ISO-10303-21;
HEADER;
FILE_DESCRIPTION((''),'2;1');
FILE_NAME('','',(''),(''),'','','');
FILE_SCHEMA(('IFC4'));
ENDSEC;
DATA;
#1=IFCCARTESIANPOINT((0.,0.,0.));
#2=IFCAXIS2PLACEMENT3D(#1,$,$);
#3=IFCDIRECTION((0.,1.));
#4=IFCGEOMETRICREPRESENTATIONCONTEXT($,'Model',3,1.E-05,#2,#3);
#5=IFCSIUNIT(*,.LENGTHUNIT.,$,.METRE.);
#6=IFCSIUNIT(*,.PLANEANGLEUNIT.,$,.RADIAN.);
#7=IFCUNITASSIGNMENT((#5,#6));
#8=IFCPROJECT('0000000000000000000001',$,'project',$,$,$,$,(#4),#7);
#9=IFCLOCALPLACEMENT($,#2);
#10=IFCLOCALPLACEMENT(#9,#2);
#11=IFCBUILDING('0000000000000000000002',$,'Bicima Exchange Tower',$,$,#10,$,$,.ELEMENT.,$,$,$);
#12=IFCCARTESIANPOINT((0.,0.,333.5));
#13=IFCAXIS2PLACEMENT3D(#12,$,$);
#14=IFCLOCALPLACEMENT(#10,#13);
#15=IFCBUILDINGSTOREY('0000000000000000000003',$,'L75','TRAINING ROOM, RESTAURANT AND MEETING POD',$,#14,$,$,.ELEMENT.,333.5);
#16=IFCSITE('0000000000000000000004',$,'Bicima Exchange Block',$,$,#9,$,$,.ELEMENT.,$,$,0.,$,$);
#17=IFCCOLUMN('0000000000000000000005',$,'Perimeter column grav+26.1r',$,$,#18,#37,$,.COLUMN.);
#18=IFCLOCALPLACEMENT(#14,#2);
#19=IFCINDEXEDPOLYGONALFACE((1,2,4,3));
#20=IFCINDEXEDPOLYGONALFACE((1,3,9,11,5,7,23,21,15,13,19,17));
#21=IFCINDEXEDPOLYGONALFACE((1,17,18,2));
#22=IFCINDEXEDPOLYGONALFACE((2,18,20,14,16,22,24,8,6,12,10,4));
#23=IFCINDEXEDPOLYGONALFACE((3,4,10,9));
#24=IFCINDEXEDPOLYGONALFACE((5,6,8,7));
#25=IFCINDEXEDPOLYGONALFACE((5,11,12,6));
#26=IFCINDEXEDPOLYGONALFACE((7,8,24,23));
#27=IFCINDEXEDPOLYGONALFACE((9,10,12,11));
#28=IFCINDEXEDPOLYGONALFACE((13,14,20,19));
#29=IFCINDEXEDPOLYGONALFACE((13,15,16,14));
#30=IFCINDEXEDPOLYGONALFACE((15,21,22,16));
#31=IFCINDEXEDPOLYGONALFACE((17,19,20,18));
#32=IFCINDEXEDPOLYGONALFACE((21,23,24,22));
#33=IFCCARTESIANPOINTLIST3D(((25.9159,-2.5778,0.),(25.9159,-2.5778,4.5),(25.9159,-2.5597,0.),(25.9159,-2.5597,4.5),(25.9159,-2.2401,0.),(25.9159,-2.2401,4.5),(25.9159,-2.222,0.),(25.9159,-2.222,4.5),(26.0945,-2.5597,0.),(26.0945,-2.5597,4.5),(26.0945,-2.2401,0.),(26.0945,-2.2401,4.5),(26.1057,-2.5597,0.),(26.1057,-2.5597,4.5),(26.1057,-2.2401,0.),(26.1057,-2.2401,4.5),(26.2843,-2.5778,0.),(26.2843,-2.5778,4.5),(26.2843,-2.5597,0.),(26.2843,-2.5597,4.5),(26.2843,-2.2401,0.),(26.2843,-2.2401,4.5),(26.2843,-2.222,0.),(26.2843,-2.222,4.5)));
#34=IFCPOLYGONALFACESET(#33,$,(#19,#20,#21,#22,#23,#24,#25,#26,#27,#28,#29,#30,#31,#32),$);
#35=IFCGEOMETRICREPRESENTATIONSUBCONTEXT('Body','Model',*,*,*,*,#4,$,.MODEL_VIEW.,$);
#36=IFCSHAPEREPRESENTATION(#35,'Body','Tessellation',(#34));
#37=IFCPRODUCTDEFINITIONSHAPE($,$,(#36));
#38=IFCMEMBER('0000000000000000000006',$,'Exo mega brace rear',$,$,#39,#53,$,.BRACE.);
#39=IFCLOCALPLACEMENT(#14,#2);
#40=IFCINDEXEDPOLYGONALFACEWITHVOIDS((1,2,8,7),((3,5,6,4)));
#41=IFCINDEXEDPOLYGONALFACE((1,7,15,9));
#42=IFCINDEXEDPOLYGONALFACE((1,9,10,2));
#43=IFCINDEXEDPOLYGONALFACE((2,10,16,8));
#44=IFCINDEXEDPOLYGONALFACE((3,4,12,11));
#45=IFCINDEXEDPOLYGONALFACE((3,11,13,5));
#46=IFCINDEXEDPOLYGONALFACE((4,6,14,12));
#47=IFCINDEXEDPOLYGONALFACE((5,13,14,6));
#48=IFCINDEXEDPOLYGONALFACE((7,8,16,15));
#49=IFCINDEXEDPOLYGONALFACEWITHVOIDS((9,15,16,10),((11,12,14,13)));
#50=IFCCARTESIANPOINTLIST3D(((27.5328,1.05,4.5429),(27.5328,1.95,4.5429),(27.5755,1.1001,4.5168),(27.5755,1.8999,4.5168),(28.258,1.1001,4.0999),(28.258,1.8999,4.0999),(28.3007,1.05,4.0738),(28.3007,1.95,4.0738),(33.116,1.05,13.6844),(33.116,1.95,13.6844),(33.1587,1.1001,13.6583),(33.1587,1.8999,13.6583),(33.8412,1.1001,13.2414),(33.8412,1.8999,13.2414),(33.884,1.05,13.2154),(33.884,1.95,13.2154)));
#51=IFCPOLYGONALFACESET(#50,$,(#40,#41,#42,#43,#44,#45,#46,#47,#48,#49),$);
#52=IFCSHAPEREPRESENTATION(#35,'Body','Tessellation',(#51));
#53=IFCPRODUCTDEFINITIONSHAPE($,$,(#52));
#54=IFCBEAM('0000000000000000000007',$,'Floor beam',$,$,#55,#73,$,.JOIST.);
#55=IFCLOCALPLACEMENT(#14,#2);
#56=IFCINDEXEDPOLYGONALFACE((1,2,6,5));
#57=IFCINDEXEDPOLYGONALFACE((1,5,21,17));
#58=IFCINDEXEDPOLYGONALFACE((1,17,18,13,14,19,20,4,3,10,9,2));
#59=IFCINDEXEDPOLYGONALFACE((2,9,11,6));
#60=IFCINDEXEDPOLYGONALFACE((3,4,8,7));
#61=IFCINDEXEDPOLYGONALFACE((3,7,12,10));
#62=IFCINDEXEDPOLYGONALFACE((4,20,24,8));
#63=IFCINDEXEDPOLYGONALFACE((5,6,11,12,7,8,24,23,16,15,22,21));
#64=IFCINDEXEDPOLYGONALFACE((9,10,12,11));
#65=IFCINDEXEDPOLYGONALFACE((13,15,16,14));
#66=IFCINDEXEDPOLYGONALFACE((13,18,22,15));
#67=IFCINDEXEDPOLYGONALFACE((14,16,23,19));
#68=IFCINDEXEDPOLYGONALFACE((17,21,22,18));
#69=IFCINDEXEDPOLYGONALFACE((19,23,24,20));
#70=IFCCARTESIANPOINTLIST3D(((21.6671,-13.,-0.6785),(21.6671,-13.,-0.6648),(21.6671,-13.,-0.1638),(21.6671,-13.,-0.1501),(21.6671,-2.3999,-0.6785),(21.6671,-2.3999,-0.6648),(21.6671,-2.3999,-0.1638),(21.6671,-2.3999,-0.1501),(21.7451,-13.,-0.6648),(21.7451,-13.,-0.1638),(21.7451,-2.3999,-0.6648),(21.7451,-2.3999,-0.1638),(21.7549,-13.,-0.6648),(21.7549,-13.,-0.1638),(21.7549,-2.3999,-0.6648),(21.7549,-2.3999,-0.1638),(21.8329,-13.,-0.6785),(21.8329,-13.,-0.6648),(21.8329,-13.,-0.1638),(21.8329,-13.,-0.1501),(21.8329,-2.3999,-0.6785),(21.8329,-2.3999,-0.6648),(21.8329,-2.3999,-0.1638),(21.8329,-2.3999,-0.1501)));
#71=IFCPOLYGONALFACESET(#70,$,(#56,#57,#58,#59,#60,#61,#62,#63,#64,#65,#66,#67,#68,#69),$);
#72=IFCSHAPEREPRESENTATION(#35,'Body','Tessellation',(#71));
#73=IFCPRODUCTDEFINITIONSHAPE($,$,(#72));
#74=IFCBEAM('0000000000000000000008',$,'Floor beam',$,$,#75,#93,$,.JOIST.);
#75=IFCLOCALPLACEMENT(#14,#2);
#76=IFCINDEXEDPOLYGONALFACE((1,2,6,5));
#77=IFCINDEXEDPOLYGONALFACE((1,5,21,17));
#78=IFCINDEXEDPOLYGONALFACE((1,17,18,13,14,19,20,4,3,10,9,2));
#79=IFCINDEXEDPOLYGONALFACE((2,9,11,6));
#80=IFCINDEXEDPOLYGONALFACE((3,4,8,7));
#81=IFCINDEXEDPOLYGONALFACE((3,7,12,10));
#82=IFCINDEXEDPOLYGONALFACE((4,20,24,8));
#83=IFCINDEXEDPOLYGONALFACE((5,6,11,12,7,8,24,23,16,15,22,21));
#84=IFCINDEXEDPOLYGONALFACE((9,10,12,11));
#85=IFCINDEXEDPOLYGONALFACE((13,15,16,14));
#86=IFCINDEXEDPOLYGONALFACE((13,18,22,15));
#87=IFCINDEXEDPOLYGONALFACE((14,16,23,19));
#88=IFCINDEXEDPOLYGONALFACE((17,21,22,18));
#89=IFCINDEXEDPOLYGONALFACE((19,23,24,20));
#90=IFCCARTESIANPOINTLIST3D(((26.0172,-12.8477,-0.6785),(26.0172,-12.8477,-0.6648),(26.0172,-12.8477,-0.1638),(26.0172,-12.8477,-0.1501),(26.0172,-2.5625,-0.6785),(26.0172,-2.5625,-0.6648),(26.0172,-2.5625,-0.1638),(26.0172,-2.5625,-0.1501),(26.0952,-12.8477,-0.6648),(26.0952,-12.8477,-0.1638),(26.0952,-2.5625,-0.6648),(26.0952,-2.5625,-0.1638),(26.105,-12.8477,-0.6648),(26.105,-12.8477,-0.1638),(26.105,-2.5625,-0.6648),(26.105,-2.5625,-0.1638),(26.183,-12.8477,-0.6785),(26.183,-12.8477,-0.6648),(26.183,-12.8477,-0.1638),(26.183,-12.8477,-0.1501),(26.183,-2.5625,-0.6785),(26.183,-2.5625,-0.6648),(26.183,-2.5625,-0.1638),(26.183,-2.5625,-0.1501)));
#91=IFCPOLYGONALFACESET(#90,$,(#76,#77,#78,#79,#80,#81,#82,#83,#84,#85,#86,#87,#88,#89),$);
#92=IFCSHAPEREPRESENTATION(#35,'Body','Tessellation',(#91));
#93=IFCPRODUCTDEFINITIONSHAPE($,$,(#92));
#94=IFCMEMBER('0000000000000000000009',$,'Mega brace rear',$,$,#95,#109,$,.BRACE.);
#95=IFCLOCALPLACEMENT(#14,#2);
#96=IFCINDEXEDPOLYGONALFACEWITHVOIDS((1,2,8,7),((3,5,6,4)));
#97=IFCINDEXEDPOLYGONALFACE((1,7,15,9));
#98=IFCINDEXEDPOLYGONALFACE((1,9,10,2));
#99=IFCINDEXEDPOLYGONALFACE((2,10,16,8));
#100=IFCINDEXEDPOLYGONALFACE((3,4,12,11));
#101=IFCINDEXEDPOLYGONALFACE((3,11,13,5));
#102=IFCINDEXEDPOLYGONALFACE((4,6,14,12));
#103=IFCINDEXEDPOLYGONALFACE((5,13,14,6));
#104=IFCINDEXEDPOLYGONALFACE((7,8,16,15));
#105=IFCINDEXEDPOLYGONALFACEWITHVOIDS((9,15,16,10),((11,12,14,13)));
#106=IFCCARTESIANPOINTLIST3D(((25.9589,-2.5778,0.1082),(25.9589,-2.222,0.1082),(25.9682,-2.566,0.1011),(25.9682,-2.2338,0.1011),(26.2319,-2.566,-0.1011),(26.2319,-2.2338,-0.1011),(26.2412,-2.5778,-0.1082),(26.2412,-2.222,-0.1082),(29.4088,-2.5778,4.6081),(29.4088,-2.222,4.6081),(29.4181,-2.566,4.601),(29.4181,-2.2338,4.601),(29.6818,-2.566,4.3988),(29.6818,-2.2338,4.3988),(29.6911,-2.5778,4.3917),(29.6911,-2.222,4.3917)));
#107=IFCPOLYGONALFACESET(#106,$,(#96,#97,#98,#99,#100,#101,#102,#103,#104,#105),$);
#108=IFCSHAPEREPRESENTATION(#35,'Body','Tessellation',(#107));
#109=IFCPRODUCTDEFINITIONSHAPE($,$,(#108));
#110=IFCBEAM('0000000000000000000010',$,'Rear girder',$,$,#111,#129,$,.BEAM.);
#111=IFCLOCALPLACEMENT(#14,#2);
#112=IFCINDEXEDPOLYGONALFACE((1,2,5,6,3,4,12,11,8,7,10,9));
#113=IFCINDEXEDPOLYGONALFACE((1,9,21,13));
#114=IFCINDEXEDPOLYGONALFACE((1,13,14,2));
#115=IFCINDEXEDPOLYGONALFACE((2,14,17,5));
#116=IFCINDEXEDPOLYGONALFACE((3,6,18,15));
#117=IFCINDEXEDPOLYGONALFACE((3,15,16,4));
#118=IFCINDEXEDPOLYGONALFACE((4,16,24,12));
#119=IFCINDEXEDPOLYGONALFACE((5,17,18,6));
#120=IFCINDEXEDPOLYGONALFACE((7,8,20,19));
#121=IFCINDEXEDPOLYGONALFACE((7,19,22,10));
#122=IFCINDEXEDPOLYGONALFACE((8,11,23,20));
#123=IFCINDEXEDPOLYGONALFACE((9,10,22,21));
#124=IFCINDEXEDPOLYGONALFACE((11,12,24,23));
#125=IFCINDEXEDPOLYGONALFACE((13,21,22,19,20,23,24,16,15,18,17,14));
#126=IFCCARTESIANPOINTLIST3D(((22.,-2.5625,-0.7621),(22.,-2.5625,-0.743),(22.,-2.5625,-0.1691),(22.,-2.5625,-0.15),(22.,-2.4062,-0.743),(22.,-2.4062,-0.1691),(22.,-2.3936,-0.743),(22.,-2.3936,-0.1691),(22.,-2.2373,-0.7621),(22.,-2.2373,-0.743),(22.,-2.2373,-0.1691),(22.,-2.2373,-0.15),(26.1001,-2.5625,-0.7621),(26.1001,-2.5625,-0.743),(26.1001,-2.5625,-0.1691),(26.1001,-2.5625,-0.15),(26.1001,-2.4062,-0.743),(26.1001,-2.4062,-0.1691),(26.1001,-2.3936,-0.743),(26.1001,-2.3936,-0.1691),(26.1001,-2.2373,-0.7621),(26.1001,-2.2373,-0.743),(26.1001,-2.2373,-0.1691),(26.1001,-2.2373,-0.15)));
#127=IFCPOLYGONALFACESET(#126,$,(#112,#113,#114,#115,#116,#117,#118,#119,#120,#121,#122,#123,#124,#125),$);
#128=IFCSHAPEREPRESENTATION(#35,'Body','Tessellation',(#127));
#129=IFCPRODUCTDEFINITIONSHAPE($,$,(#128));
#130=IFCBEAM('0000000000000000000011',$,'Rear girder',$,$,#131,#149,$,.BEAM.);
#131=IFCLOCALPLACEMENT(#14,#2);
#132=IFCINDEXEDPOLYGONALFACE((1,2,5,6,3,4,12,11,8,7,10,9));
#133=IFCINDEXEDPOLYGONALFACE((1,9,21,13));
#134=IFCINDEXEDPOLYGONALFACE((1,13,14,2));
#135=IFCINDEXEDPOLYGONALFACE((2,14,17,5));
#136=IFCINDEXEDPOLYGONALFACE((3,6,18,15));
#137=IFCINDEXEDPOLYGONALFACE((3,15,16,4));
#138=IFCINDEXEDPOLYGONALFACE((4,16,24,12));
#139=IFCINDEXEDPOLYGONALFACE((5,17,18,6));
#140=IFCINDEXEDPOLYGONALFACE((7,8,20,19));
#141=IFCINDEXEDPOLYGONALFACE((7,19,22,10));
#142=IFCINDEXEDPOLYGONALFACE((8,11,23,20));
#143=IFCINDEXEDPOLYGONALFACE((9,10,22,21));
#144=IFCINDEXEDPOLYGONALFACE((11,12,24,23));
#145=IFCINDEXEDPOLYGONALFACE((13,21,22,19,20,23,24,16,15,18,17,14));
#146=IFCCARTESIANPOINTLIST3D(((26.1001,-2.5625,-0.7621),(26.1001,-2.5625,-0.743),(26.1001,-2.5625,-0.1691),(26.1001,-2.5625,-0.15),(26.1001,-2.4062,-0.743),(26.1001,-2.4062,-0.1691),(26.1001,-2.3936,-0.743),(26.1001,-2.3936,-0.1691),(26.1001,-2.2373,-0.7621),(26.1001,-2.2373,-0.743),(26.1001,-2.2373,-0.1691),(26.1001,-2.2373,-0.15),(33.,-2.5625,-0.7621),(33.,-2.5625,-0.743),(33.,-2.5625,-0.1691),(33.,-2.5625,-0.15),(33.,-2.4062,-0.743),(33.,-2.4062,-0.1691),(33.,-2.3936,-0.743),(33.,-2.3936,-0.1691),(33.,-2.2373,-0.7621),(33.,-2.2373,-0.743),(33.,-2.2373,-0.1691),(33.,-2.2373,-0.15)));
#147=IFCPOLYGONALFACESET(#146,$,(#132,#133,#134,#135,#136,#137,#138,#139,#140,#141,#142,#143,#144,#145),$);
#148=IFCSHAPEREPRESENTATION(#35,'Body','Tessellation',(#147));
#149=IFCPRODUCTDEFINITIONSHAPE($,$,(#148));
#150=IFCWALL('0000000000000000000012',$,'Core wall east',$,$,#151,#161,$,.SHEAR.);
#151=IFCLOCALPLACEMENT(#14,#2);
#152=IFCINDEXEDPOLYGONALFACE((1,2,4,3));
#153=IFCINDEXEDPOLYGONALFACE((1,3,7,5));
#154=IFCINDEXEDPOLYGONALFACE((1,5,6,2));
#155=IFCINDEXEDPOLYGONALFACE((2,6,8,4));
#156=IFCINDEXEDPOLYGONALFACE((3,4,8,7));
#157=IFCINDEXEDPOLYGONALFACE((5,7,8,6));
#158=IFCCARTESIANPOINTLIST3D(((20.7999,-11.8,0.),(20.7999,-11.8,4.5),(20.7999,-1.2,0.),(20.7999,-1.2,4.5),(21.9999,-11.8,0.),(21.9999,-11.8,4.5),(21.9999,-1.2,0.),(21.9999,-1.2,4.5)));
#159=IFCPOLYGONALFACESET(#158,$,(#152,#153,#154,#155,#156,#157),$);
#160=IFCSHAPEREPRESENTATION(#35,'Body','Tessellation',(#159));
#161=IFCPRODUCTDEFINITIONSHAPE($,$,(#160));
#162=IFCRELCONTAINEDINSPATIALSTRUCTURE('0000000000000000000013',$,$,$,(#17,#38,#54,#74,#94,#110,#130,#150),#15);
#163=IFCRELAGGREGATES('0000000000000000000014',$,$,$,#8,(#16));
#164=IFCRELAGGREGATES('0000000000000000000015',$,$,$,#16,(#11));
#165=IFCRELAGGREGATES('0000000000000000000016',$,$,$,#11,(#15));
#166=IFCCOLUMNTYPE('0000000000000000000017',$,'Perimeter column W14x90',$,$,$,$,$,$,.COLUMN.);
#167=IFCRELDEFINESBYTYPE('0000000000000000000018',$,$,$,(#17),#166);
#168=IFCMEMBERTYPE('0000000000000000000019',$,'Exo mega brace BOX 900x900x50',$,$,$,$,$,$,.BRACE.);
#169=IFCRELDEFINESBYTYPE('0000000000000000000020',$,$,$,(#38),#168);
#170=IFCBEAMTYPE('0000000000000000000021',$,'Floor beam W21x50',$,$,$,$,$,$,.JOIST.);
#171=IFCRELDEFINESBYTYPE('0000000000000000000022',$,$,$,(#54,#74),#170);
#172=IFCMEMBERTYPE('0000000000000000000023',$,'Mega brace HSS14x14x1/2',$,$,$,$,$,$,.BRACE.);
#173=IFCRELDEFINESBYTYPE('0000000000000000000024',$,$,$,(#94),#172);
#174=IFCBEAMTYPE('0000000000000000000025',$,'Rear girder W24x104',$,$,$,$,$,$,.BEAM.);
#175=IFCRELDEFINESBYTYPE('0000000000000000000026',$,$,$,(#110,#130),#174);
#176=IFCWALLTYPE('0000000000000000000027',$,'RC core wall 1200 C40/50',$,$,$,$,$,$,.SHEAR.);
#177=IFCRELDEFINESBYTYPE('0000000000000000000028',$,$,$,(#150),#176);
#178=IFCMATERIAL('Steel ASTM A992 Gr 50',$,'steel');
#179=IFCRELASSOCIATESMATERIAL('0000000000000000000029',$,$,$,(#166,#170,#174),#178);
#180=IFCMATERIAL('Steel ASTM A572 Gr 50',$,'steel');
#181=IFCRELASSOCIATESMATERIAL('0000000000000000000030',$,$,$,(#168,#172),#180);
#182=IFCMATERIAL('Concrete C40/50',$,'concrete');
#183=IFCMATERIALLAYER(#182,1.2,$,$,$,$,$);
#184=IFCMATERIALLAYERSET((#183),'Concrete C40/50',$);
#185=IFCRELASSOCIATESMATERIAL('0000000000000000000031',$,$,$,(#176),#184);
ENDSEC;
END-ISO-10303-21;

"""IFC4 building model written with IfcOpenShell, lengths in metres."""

from ifc_helpers import new_model, si_unit, direction, frame, frame_2d, origin, origin_2d, place, context, subcontext, project, spatial, rectangle, hollow_rectangle, i_section, extrude, material, layer, layer_set, material_profile, profile_set, type_object, element, save


model = new_model("IFC4")

# Units and contexts
model_context = context("Model", 3, precision=1e-05, world=origin(), true_north=direction((0.0, 1.0)))
body_context = subcontext(model_context, "Body", "Model", "MODEL_VIEW")
ifc_project = project(units=[si_unit("LENGTHUNIT", "METRE"), si_unit("PLANEANGLEUNIT", "RADIAN")], contexts=[model_context])

# Site, building, storey
site_placement = place(None, origin())
site = spatial("IfcSite", under=ifc_project, at=site_placement, Name="Bicima Exchange Block", CompositionType="ELEMENT", RefElevation=0.0)
building_placement = place(site_placement, origin())
building = spatial("IfcBuilding", under=site, at=building_placement, Name="Bicima Exchange Tower", CompositionType="ELEMENT")
storey_placement = place(building_placement, frame((0.0, 0.0, 333.5)))
storey = spatial("IfcBuildingStorey", under=building, at=storey_placement, Name="L75", Description="TRAINING ROOM, RESTAURANT AND MEETING POD", CompositionType="ELEMENT", Elevation=333.5)

# Column
ifc_material_1 = material(Name="Steel ASTM A992 Gr 50", Category="steel")
ifc_material_profile_1 = material_profile(ifc_material_1, i_section(OverallWidth=0.3684, OverallDepth=0.3557, WebThickness=0.0112, FlangeThickness=0.0181, at=origin_2d()))
ifc_profile_set_1 = profile_set([ifc_material_profile_1], Name="Steel ASTM A992 Gr 50")
column_type = type_object("IfcColumnType", Name="Perimeter column W14x90", PredefinedType="COLUMN", material=ifc_profile_set_1)
column_placement = place(storey_placement, frame((26.1001, -2.3999, 0.0), z_axis=(0.0, 0.0, 1.0), x_axis=(1.0, 0.0, 0.0)))
element("IfcColumn", 1, at=column_placement, inside=storey, type_object=column_type, Name="Perimeter column grav+26.1r", PredefinedType="COLUMN", context=body_context, shape_type="SweptSolid", body=[
    extrude(i_section(OverallWidth=0.3684, OverallDepth=0.3557, WebThickness=0.0112, FlangeThickness=0.0181, at=origin_2d()), origin(), (0.0, 0.0, 1.0), 4.5),
])

# Member
ifc_material_2 = material(Name="Steel ASTM A572 Gr 50", Category="steel")
ifc_material_profile_2 = material_profile(ifc_material_2, hollow_rectangle(XDim=0.8999, YDim=0.8999, WallThickness=0.05, at=origin_2d()))
ifc_profile_set_2 = profile_set([ifc_material_profile_2], Name="Steel ASTM A572 Gr 50")
member_type_1 = type_object("IfcMemberType", Name="Exo mega brace BOX 900x900x50", PredefinedType="BRACE", material=ifc_profile_set_2)
member_1_placement = place(storey_placement, frame((27.9167, 1.5, 4.3083), z_axis=(0.521227, 0.0, 0.853418), x_axis=(0.0, 1.0, 0.0)))
element("IfcMember", 2, at=member_1_placement, inside=storey, type_object=member_type_1, Name="Exo mega brace rear", PredefinedType="BRACE", context=body_context, shape_type="SweptSolid", body=[
    extrude(hollow_rectangle(XDim=0.8999, YDim=0.8999, WallThickness=0.05, at=origin_2d()), origin(), (0.0, 0.0, 1.0), 10.7117),
])

# Beams
ifc_material_profile_3 = material_profile(ifc_material_1, i_section(OverallWidth=0.1658, OverallDepth=0.5283, WebThickness=0.0098, FlangeThickness=0.0137, at=origin_2d()))
ifc_profile_set_3 = profile_set([ifc_material_profile_3], Name="Steel ASTM A992 Gr 50")
beam_type_1 = type_object("IfcBeamType", Name="Floor beam W21x50", PredefinedType="JOIST", material=ifc_profile_set_3)
beam_1_placement = place(storey_placement, frame((21.75, -2.3999, -0.4143), z_axis=(0.0, -1.0, 0.0), x_axis=(1.0, 0.0, 0.0)))
element("IfcBeam", 3, at=beam_1_placement, inside=storey, type_object=beam_type_1, Name="Floor beam", PredefinedType="JOIST", context=body_context, shape_type="SweptSolid", body=[
    extrude(i_section(OverallWidth=0.1658, OverallDepth=0.5283, WebThickness=0.0098, FlangeThickness=0.0137, at=origin_2d()), origin(), (0.0, 0.0, 1.0), 10.6001),
])
beam_2_placement = place(storey_placement, frame((26.1001, -2.5625, -0.4143), z_axis=(0.0, -1.0, 0.0), x_axis=(1.0, 0.0, 0.0)))
element("IfcBeam", 4, at=beam_2_placement, inside=storey, type_object=beam_type_1, Name="Floor beam", PredefinedType="JOIST", context=body_context, shape_type="SweptSolid", body=[
    extrude(i_section(OverallWidth=0.1658, OverallDepth=0.5283, WebThickness=0.0098, FlangeThickness=0.0137, at=origin_2d()), origin(), (0.0, 0.0, 1.0), 10.2852),
])

# Member
ifc_material_profile_4 = material_profile(ifc_material_2, hollow_rectangle(XDim=0.3557, YDim=0.3557, WallThickness=0.0117, at=origin_2d()))
ifc_profile_set_4 = profile_set([ifc_material_profile_4], Name="Steel ASTM A572 Gr 50")
member_type_2 = type_object("IfcMemberType", Name="Mega brace HSS14x14x1/2", PredefinedType="BRACE", material=ifc_profile_set_4)
member_2_placement = place(storey_placement, frame((26.1001, -2.3999, 0.0), z_axis=(0.608426, 0.0, 0.793611), x_axis=(0.0, 1.0, 0.0)))
element("IfcMember", 5, at=member_2_placement, inside=storey, type_object=member_type_2, Name="Mega brace rear", PredefinedType="BRACE", context=body_context, shape_type="SweptSolid", body=[
    extrude(hollow_rectangle(XDim=0.3557, YDim=0.3557, WallThickness=0.0117, at=origin_2d()), origin(), (0.0, 0.0, 1.0), 5.6702),
])

# Beams
ifc_material_profile_5 = material_profile(ifc_material_1, i_section(OverallWidth=0.3252, OverallDepth=0.6121, WebThickness=0.0127, FlangeThickness=0.019, at=origin_2d()))
ifc_profile_set_5 = profile_set([ifc_material_profile_5], Name="Steel ASTM A992 Gr 50")
beam_type_2 = type_object("IfcBeamType", Name="Rear girder W24x104", PredefinedType="BEAM", material=ifc_profile_set_5)
beam_3_placement = place(storey_placement, frame((22.0, -2.3999, -0.4561), z_axis=(1.0, 0.0, 0.0), x_axis=(0.0, 1.0, 0.0)))
element("IfcBeam", 6, at=beam_3_placement, inside=storey, type_object=beam_type_2, Name="Rear girder", PredefinedType="BEAM", context=body_context, shape_type="SweptSolid", body=[
    extrude(i_section(OverallWidth=0.3252, OverallDepth=0.6121, WebThickness=0.0127, FlangeThickness=0.019, at=origin_2d()), origin(), (0.0, 0.0, 1.0), 4.1001),
])
beam_4_placement = place(storey_placement, frame((26.1001, -2.3999, -0.4561), z_axis=(1.0, 0.0, 0.0), x_axis=(0.0, 1.0, 0.0)))
element("IfcBeam", 7, at=beam_4_placement, inside=storey, type_object=beam_type_2, Name="Rear girder", PredefinedType="BEAM", context=body_context, shape_type="SweptSolid", body=[
    extrude(i_section(OverallWidth=0.3252, OverallDepth=0.6121, WebThickness=0.0127, FlangeThickness=0.019, at=origin_2d()), origin(), (0.0, 0.0, 1.0), 6.8999),
])

# Wall
ifc_material_3 = material(Name="Concrete C40/50", Category="concrete")
ifc_layer_1 = layer(ifc_material_3, 1.2)
ifc_layer_set_1 = layer_set([ifc_layer_1], Name="Concrete C40/50")
wall_type_1 = type_object("IfcWallType", Name="RC core wall 1200 C40/50", PredefinedType="SHEAR", material=ifc_layer_set_1)
wall_1_placement = place(storey_placement, frame((21.3999, -11.8, 0.0), z_axis=(0.0, 0.0, 1.0), x_axis=(0.0, 1.0, 0.0)))
element("IfcWall", 8, at=wall_1_placement, inside=storey, type_object=wall_type_1, Name="Core wall east", PredefinedType="SHEAR", context=body_context, shape_type="SweptSolid", body=[
    extrude(rectangle(XDim=10.6001, YDim=1.2, at=frame_2d((5.3, 0.0))), origin(), (0.0, 0.0, 1.0), 4.5),
])

save(model, "model.ifc")
